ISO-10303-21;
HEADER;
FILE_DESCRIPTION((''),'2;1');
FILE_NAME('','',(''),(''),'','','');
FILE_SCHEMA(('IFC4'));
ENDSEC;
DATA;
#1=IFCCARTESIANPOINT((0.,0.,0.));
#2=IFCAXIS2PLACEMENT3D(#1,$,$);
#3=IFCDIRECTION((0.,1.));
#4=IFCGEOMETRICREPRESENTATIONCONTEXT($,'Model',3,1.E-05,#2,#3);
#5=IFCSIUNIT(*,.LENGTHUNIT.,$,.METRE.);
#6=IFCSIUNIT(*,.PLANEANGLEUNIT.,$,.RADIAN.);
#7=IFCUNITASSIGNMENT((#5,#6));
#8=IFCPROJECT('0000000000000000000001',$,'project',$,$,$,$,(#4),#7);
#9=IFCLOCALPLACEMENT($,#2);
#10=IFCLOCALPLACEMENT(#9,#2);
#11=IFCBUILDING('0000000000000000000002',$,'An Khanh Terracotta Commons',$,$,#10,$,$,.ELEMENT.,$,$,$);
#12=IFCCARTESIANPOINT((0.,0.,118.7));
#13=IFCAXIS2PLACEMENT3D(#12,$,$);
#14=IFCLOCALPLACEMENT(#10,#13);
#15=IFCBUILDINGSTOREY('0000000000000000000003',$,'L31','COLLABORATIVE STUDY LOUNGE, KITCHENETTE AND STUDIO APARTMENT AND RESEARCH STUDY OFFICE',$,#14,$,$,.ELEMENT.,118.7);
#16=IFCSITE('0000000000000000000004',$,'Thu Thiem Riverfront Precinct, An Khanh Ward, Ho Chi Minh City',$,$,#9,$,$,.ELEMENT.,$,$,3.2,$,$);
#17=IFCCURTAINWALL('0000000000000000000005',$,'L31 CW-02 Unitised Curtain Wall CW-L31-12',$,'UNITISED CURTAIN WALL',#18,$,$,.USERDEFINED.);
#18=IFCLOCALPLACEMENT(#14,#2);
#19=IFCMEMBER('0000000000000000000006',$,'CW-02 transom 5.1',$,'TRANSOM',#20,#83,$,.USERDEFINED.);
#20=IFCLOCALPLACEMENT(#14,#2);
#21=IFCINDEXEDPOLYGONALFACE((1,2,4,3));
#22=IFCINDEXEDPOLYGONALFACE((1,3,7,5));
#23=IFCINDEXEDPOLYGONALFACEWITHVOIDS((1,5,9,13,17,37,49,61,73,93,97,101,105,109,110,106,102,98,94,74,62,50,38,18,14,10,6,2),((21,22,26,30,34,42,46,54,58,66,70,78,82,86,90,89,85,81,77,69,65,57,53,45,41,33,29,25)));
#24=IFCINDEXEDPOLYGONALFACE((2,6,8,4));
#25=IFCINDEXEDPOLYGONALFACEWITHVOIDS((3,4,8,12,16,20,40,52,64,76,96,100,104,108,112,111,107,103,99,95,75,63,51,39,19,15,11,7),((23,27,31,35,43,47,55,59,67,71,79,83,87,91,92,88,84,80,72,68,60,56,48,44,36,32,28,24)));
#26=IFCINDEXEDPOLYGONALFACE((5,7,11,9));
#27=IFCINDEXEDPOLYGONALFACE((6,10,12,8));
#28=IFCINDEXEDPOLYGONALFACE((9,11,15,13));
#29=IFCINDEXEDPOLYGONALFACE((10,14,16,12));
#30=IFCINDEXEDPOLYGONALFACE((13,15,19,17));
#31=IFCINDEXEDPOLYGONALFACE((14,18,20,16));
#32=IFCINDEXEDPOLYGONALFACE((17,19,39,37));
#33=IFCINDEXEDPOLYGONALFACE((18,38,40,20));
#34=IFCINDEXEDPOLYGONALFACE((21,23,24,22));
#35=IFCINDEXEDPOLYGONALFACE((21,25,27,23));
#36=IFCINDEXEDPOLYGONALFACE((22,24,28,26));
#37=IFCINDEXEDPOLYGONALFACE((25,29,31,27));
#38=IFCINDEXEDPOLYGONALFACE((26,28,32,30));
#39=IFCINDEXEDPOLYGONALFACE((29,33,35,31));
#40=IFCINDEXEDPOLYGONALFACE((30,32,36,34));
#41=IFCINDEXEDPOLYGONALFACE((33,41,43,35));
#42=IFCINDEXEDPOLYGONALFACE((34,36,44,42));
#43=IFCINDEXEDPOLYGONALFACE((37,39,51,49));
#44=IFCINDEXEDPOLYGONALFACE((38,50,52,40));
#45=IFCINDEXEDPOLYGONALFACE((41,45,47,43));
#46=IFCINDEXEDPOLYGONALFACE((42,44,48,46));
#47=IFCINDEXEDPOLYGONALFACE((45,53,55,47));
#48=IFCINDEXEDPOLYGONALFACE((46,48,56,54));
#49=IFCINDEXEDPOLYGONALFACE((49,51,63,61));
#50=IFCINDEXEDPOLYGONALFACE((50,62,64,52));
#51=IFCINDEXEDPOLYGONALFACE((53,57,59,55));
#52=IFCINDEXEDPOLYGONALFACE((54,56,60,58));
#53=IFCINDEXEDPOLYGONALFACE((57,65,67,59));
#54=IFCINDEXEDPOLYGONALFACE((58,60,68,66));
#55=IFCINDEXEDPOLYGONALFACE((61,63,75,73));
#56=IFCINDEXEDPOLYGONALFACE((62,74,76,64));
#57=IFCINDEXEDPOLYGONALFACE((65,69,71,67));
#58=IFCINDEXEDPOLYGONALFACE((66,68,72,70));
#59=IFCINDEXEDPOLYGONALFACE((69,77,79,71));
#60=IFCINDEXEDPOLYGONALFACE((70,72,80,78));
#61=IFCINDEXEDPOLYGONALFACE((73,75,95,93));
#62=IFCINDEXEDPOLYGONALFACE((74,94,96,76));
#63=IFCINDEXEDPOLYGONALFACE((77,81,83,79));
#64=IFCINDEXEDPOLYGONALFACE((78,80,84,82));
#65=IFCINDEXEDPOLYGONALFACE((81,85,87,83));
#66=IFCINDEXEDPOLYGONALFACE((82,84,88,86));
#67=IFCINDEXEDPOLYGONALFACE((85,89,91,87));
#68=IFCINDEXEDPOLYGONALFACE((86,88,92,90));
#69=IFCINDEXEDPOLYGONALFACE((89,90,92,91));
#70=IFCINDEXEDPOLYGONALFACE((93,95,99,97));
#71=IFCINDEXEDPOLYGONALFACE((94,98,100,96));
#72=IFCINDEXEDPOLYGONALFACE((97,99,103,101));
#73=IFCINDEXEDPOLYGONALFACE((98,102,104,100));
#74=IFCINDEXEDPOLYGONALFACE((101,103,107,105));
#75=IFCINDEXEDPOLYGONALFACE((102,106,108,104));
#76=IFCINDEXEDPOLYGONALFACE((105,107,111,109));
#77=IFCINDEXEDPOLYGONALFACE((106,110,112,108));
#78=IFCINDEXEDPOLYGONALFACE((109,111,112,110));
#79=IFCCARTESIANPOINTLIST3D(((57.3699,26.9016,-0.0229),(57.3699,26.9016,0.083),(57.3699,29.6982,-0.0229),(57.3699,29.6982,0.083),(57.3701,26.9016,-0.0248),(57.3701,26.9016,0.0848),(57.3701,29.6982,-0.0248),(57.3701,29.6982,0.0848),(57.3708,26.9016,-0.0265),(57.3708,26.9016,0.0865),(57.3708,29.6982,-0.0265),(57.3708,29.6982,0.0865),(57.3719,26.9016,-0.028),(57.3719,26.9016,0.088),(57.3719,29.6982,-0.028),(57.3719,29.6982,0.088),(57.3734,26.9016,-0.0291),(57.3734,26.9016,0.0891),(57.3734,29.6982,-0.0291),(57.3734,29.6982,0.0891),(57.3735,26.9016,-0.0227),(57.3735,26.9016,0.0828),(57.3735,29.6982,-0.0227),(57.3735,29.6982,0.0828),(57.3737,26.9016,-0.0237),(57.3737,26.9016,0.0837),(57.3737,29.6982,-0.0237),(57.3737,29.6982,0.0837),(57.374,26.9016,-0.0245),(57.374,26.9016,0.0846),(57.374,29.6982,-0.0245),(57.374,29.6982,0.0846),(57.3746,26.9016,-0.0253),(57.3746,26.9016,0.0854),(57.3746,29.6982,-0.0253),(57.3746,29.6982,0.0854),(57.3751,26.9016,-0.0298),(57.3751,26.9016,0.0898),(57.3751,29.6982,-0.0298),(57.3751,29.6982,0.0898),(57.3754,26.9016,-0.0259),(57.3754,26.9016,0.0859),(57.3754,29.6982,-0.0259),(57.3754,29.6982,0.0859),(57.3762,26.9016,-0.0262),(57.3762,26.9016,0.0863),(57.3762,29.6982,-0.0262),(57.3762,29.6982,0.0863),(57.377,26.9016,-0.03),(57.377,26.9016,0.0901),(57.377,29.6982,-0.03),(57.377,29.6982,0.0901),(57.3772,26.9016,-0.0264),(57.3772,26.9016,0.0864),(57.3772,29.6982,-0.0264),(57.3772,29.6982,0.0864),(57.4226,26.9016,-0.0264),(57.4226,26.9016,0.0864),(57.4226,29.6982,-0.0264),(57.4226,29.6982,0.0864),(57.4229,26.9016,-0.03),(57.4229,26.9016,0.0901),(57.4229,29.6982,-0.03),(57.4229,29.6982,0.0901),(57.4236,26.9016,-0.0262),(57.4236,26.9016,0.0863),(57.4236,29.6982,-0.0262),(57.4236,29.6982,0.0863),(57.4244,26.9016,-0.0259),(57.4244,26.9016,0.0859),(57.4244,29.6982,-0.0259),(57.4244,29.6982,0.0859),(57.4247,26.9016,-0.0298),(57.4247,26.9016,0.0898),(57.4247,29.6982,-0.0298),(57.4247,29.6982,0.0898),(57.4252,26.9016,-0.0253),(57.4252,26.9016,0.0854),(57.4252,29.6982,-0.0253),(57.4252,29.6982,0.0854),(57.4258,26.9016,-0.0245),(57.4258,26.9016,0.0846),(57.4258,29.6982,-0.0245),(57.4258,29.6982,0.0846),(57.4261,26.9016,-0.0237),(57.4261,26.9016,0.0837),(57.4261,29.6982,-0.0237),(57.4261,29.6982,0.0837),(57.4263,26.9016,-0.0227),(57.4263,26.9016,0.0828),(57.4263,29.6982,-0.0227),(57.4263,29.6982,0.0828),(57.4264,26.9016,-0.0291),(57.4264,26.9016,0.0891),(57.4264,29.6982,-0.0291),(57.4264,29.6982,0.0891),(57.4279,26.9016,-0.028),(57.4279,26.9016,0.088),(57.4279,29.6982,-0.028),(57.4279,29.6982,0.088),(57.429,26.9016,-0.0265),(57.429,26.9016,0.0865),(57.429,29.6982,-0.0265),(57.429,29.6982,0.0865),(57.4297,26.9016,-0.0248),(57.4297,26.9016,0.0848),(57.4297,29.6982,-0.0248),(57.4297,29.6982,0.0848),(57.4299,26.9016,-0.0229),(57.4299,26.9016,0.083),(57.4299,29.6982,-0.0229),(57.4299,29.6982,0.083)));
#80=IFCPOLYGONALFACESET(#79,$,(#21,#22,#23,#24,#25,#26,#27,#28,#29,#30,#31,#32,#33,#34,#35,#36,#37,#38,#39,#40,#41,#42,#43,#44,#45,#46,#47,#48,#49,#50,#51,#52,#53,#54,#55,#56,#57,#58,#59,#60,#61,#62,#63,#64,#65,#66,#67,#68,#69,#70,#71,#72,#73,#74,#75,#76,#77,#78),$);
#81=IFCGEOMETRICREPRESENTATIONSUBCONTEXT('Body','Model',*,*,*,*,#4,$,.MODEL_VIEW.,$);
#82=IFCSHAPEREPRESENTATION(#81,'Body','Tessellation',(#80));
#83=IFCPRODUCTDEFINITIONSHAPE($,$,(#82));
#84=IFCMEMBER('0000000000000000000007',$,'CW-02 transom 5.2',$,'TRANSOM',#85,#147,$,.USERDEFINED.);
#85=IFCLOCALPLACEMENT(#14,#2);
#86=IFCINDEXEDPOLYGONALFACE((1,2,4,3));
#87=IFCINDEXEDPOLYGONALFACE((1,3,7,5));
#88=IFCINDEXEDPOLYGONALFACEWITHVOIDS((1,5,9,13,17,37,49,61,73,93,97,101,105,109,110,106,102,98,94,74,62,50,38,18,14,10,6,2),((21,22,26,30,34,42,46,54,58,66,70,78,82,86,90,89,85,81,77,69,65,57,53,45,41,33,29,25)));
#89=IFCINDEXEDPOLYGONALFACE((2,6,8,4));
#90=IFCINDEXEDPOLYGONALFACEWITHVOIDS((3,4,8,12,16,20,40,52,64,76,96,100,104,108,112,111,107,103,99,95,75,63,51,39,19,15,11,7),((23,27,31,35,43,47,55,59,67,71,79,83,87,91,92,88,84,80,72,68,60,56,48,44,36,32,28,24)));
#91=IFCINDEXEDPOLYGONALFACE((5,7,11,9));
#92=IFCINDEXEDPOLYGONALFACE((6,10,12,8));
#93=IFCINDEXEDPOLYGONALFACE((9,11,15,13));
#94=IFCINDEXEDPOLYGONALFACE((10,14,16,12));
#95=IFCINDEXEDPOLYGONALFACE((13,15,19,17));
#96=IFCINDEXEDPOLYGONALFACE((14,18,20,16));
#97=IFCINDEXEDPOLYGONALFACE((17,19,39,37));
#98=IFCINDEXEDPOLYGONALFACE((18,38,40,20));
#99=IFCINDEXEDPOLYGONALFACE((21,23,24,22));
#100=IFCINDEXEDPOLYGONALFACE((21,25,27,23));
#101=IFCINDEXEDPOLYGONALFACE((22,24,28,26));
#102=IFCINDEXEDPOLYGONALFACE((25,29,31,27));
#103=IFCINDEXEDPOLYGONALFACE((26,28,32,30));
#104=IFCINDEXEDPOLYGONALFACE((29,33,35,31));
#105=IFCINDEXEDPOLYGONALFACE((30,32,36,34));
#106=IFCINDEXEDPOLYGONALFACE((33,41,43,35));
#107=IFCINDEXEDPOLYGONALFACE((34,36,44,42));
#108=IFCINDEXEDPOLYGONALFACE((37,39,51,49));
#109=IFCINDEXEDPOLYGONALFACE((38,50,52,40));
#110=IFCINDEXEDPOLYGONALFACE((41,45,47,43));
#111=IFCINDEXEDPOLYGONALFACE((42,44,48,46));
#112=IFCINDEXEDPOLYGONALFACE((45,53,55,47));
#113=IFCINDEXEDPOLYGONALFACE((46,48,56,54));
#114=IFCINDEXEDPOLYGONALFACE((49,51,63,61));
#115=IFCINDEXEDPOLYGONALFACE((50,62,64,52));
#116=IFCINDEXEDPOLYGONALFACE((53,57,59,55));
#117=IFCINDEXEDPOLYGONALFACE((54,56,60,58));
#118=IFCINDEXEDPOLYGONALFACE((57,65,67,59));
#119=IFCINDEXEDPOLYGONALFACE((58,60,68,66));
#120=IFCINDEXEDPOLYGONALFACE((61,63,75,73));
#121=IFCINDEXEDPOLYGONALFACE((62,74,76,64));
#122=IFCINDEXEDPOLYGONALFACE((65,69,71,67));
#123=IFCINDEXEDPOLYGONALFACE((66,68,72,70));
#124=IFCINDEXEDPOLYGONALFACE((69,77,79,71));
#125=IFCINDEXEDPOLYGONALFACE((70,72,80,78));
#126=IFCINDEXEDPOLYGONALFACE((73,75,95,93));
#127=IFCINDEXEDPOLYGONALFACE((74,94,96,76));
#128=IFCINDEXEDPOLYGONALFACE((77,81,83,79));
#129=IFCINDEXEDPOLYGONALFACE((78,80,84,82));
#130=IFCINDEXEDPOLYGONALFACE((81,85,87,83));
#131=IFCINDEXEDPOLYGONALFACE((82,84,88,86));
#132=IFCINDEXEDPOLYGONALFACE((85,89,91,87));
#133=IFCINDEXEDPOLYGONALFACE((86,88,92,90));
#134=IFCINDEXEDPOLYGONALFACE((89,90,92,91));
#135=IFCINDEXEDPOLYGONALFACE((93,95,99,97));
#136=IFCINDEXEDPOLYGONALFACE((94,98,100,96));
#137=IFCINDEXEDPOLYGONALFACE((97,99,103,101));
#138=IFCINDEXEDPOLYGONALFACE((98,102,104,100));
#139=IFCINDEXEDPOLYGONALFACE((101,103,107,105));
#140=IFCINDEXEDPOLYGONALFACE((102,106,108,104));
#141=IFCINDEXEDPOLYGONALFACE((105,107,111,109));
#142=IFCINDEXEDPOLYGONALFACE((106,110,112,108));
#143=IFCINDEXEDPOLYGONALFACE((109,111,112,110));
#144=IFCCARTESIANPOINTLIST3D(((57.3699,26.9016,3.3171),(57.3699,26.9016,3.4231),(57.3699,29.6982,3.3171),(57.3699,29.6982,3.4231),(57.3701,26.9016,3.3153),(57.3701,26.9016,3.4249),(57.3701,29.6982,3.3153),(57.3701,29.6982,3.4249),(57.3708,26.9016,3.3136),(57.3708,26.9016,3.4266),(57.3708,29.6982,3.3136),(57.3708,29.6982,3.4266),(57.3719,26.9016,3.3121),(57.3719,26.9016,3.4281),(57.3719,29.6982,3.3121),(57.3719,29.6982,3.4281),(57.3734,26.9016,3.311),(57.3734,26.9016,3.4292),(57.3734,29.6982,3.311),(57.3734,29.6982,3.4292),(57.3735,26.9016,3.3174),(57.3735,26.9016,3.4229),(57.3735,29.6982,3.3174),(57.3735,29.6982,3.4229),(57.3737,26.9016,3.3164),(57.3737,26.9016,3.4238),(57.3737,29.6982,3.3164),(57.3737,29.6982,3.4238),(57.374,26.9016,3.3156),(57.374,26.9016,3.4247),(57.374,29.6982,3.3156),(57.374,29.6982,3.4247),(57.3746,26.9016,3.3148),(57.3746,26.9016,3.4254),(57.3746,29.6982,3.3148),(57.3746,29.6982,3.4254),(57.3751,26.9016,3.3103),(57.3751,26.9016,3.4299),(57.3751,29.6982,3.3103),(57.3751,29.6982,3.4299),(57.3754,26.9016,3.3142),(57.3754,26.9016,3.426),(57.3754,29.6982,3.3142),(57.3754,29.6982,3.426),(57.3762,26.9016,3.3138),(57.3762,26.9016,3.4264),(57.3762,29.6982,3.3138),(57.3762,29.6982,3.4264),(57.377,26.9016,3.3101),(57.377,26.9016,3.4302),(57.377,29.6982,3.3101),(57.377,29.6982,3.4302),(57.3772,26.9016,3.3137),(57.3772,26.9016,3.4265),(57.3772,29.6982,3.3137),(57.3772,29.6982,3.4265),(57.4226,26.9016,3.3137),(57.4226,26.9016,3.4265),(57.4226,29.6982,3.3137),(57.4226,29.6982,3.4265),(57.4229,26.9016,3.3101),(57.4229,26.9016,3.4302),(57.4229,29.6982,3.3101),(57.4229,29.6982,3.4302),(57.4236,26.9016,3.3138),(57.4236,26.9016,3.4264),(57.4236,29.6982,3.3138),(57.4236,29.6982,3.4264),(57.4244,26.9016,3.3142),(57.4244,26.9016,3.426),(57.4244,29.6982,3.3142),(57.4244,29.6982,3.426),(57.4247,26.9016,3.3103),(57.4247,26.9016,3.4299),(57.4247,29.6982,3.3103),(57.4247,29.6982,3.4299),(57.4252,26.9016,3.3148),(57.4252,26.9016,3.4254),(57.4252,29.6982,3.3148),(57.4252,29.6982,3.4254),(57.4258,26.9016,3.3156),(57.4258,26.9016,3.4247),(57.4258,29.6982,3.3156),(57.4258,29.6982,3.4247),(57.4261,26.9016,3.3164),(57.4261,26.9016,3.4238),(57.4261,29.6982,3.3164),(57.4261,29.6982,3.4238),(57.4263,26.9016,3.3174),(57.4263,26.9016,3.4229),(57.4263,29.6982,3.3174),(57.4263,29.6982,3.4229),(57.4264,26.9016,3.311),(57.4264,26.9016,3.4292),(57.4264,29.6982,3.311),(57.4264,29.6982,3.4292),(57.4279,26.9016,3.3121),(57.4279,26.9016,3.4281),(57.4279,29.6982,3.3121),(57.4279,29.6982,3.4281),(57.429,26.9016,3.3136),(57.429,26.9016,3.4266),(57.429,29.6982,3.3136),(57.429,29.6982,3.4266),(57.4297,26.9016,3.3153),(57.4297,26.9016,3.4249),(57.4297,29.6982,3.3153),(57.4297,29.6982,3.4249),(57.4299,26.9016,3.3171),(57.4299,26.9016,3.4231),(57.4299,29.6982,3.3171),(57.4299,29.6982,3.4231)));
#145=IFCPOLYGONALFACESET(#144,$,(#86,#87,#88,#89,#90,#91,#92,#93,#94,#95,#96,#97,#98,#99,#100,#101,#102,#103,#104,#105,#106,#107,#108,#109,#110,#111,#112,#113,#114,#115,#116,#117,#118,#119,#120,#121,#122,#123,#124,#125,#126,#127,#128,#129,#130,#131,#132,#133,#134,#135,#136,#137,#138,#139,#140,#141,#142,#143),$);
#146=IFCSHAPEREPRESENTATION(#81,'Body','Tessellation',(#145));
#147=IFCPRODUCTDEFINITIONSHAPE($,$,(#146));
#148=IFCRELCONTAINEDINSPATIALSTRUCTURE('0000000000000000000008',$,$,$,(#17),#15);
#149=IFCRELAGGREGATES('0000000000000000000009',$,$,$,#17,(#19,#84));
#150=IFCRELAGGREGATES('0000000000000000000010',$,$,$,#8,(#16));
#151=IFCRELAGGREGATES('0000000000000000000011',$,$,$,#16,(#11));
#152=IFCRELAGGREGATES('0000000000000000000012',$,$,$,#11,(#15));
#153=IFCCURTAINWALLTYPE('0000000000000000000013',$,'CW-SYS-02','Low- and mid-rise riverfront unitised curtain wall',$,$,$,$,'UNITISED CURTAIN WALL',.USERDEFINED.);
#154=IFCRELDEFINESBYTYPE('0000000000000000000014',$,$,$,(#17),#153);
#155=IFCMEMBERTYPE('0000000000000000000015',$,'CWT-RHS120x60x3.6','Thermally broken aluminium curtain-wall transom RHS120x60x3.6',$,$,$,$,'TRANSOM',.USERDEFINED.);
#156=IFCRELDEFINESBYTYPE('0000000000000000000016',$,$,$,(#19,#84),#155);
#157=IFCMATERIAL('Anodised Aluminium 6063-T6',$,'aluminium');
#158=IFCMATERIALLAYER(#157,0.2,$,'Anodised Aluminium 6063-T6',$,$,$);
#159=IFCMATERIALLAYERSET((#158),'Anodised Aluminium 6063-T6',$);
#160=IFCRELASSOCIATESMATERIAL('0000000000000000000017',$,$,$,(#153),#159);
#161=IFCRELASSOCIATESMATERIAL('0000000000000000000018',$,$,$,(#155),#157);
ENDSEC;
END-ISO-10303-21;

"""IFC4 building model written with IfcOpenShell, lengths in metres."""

from ifc_helpers import new_model, si_unit, direction, frame, origin, origin_2d, place, context, subcontext, project, spatial, hollow_rectangle, extrude, material, layer, layer_set, material_profile, profile_set, type_object, element, aggregate, save


model = new_model("IFC4")

# Units and contexts
model_context = context("Model", 3, precision=1e-05, world=origin(), true_north=direction((0.0, 1.0)))
body_context = subcontext(model_context, "Body", "Model", "MODEL_VIEW")
ifc_project = project(units=[si_unit("LENGTHUNIT", "METRE"), si_unit("PLANEANGLEUNIT", "RADIAN")], contexts=[model_context])

# Site, building, storey
site_placement = place(None, origin())
site = spatial("IfcSite", under=ifc_project, at=site_placement, Name="Thu Thiem Riverfront Precinct, An Khanh Ward, Ho Chi Minh City", CompositionType="ELEMENT", RefElevation=3.2)
building_placement = place(site_placement, origin())
building = spatial("IfcBuilding", under=site, at=building_placement, Name="An Khanh Terracotta Commons", CompositionType="ELEMENT")
storey_placement = place(building_placement, frame((0.0, 0.0, 118.7)))
storey = spatial("IfcBuildingStorey", under=building, at=storey_placement, Name="L31", Description="COLLABORATIVE STUDY LOUNGE, KITCHENETTE AND STUDIO APARTMENT AND RESEARCH STUDY OFFICE", CompositionType="ELEMENT", Elevation=118.7)

# Curtain wall
ifc_material_1 = material(Name="Anodised Aluminium 6063-T6", Category="aluminium")
ifc_layer_1 = layer(ifc_material_1, 0.2, Name="Anodised Aluminium 6063-T6")
ifc_layer_set_1 = layer_set([ifc_layer_1], Name="Anodised Aluminium 6063-T6")
curtain_wall_type = type_object("IfcCurtainWallType", Name="CW-SYS-02", Description="Low- and mid-rise riverfront unitised curtain wall", ElementType="UNITISED CURTAIN WALL", PredefinedType="USERDEFINED", material=ifc_layer_set_1)
curtain_wall_1_placement = place(storey_placement, origin())
curtain_wall_1 = element("IfcCurtainWall", 1, at=curtain_wall_1_placement, inside=storey, type_object=curtain_wall_type, Name="L31 CW-02 Unitised Curtain Wall CW-L31-12", ObjectType="UNITISED CURTAIN WALL", PredefinedType="USERDEFINED")

# Members
ifc_material_profile_1 = material_profile(ifc_material_1, hollow_rectangle(XDim=0.0601, YDim=0.1201, WallThickness=0.0037, InnerFilletRadius=0.0037, OuterFilletRadius=0.0071, at=origin_2d()), Name="RHS120x60x3.6")
ifc_profile_set_1 = profile_set([ifc_material_profile_1], Name="Anodised Aluminium 6063-T6")
member_type_1 = type_object("IfcMemberType", Name="CWT-RHS120x60x3.6", Description="Thermally broken aluminium curtain-wall transom RHS120x60x3.6", ElementType="TRANSOM", PredefinedType="USERDEFINED", material=ifc_profile_set_1)
member_1_placement = place(storey_placement, frame((57.3999, 26.9016, 0.03), z_axis=(0.0, 1.0, 0.0), x_axis=(-1.0, 0.0, 0.0)))
member_1 = element("IfcMember", 2, at=member_1_placement, type_object=member_type_1, Name="CW-02 transom 5.1", ObjectType="TRANSOM", PredefinedType="USERDEFINED", context=body_context, shape_type="SweptSolid", body=[
    extrude(hollow_rectangle(XDim=0.0601, YDim=0.1201, WallThickness=0.0037, InnerFilletRadius=0.0037, OuterFilletRadius=0.0071, at=origin_2d()), origin(), (0.0, 0.0, 1.0), 2.7966),
])
member_2_placement = place(storey_placement, frame((57.3999, 26.9016, 3.3701), z_axis=(0.0, 1.0, 0.0), x_axis=(-1.0, 0.0, 0.0)))
member_2 = element("IfcMember", 3, at=member_2_placement, type_object=member_type_1, Name="CW-02 transom 5.2", ObjectType="TRANSOM", PredefinedType="USERDEFINED", context=body_context, shape_type="SweptSolid", body=[
    extrude(hollow_rectangle(XDim=0.0601, YDim=0.1201, WallThickness=0.0037, InnerFilletRadius=0.0037, OuterFilletRadius=0.0071, at=origin_2d()), origin(), (0.0, 0.0, 1.0), 2.7966),
])

aggregate(curtain_wall_1, [member_1, member_2])

save(model, "model.ifc")
